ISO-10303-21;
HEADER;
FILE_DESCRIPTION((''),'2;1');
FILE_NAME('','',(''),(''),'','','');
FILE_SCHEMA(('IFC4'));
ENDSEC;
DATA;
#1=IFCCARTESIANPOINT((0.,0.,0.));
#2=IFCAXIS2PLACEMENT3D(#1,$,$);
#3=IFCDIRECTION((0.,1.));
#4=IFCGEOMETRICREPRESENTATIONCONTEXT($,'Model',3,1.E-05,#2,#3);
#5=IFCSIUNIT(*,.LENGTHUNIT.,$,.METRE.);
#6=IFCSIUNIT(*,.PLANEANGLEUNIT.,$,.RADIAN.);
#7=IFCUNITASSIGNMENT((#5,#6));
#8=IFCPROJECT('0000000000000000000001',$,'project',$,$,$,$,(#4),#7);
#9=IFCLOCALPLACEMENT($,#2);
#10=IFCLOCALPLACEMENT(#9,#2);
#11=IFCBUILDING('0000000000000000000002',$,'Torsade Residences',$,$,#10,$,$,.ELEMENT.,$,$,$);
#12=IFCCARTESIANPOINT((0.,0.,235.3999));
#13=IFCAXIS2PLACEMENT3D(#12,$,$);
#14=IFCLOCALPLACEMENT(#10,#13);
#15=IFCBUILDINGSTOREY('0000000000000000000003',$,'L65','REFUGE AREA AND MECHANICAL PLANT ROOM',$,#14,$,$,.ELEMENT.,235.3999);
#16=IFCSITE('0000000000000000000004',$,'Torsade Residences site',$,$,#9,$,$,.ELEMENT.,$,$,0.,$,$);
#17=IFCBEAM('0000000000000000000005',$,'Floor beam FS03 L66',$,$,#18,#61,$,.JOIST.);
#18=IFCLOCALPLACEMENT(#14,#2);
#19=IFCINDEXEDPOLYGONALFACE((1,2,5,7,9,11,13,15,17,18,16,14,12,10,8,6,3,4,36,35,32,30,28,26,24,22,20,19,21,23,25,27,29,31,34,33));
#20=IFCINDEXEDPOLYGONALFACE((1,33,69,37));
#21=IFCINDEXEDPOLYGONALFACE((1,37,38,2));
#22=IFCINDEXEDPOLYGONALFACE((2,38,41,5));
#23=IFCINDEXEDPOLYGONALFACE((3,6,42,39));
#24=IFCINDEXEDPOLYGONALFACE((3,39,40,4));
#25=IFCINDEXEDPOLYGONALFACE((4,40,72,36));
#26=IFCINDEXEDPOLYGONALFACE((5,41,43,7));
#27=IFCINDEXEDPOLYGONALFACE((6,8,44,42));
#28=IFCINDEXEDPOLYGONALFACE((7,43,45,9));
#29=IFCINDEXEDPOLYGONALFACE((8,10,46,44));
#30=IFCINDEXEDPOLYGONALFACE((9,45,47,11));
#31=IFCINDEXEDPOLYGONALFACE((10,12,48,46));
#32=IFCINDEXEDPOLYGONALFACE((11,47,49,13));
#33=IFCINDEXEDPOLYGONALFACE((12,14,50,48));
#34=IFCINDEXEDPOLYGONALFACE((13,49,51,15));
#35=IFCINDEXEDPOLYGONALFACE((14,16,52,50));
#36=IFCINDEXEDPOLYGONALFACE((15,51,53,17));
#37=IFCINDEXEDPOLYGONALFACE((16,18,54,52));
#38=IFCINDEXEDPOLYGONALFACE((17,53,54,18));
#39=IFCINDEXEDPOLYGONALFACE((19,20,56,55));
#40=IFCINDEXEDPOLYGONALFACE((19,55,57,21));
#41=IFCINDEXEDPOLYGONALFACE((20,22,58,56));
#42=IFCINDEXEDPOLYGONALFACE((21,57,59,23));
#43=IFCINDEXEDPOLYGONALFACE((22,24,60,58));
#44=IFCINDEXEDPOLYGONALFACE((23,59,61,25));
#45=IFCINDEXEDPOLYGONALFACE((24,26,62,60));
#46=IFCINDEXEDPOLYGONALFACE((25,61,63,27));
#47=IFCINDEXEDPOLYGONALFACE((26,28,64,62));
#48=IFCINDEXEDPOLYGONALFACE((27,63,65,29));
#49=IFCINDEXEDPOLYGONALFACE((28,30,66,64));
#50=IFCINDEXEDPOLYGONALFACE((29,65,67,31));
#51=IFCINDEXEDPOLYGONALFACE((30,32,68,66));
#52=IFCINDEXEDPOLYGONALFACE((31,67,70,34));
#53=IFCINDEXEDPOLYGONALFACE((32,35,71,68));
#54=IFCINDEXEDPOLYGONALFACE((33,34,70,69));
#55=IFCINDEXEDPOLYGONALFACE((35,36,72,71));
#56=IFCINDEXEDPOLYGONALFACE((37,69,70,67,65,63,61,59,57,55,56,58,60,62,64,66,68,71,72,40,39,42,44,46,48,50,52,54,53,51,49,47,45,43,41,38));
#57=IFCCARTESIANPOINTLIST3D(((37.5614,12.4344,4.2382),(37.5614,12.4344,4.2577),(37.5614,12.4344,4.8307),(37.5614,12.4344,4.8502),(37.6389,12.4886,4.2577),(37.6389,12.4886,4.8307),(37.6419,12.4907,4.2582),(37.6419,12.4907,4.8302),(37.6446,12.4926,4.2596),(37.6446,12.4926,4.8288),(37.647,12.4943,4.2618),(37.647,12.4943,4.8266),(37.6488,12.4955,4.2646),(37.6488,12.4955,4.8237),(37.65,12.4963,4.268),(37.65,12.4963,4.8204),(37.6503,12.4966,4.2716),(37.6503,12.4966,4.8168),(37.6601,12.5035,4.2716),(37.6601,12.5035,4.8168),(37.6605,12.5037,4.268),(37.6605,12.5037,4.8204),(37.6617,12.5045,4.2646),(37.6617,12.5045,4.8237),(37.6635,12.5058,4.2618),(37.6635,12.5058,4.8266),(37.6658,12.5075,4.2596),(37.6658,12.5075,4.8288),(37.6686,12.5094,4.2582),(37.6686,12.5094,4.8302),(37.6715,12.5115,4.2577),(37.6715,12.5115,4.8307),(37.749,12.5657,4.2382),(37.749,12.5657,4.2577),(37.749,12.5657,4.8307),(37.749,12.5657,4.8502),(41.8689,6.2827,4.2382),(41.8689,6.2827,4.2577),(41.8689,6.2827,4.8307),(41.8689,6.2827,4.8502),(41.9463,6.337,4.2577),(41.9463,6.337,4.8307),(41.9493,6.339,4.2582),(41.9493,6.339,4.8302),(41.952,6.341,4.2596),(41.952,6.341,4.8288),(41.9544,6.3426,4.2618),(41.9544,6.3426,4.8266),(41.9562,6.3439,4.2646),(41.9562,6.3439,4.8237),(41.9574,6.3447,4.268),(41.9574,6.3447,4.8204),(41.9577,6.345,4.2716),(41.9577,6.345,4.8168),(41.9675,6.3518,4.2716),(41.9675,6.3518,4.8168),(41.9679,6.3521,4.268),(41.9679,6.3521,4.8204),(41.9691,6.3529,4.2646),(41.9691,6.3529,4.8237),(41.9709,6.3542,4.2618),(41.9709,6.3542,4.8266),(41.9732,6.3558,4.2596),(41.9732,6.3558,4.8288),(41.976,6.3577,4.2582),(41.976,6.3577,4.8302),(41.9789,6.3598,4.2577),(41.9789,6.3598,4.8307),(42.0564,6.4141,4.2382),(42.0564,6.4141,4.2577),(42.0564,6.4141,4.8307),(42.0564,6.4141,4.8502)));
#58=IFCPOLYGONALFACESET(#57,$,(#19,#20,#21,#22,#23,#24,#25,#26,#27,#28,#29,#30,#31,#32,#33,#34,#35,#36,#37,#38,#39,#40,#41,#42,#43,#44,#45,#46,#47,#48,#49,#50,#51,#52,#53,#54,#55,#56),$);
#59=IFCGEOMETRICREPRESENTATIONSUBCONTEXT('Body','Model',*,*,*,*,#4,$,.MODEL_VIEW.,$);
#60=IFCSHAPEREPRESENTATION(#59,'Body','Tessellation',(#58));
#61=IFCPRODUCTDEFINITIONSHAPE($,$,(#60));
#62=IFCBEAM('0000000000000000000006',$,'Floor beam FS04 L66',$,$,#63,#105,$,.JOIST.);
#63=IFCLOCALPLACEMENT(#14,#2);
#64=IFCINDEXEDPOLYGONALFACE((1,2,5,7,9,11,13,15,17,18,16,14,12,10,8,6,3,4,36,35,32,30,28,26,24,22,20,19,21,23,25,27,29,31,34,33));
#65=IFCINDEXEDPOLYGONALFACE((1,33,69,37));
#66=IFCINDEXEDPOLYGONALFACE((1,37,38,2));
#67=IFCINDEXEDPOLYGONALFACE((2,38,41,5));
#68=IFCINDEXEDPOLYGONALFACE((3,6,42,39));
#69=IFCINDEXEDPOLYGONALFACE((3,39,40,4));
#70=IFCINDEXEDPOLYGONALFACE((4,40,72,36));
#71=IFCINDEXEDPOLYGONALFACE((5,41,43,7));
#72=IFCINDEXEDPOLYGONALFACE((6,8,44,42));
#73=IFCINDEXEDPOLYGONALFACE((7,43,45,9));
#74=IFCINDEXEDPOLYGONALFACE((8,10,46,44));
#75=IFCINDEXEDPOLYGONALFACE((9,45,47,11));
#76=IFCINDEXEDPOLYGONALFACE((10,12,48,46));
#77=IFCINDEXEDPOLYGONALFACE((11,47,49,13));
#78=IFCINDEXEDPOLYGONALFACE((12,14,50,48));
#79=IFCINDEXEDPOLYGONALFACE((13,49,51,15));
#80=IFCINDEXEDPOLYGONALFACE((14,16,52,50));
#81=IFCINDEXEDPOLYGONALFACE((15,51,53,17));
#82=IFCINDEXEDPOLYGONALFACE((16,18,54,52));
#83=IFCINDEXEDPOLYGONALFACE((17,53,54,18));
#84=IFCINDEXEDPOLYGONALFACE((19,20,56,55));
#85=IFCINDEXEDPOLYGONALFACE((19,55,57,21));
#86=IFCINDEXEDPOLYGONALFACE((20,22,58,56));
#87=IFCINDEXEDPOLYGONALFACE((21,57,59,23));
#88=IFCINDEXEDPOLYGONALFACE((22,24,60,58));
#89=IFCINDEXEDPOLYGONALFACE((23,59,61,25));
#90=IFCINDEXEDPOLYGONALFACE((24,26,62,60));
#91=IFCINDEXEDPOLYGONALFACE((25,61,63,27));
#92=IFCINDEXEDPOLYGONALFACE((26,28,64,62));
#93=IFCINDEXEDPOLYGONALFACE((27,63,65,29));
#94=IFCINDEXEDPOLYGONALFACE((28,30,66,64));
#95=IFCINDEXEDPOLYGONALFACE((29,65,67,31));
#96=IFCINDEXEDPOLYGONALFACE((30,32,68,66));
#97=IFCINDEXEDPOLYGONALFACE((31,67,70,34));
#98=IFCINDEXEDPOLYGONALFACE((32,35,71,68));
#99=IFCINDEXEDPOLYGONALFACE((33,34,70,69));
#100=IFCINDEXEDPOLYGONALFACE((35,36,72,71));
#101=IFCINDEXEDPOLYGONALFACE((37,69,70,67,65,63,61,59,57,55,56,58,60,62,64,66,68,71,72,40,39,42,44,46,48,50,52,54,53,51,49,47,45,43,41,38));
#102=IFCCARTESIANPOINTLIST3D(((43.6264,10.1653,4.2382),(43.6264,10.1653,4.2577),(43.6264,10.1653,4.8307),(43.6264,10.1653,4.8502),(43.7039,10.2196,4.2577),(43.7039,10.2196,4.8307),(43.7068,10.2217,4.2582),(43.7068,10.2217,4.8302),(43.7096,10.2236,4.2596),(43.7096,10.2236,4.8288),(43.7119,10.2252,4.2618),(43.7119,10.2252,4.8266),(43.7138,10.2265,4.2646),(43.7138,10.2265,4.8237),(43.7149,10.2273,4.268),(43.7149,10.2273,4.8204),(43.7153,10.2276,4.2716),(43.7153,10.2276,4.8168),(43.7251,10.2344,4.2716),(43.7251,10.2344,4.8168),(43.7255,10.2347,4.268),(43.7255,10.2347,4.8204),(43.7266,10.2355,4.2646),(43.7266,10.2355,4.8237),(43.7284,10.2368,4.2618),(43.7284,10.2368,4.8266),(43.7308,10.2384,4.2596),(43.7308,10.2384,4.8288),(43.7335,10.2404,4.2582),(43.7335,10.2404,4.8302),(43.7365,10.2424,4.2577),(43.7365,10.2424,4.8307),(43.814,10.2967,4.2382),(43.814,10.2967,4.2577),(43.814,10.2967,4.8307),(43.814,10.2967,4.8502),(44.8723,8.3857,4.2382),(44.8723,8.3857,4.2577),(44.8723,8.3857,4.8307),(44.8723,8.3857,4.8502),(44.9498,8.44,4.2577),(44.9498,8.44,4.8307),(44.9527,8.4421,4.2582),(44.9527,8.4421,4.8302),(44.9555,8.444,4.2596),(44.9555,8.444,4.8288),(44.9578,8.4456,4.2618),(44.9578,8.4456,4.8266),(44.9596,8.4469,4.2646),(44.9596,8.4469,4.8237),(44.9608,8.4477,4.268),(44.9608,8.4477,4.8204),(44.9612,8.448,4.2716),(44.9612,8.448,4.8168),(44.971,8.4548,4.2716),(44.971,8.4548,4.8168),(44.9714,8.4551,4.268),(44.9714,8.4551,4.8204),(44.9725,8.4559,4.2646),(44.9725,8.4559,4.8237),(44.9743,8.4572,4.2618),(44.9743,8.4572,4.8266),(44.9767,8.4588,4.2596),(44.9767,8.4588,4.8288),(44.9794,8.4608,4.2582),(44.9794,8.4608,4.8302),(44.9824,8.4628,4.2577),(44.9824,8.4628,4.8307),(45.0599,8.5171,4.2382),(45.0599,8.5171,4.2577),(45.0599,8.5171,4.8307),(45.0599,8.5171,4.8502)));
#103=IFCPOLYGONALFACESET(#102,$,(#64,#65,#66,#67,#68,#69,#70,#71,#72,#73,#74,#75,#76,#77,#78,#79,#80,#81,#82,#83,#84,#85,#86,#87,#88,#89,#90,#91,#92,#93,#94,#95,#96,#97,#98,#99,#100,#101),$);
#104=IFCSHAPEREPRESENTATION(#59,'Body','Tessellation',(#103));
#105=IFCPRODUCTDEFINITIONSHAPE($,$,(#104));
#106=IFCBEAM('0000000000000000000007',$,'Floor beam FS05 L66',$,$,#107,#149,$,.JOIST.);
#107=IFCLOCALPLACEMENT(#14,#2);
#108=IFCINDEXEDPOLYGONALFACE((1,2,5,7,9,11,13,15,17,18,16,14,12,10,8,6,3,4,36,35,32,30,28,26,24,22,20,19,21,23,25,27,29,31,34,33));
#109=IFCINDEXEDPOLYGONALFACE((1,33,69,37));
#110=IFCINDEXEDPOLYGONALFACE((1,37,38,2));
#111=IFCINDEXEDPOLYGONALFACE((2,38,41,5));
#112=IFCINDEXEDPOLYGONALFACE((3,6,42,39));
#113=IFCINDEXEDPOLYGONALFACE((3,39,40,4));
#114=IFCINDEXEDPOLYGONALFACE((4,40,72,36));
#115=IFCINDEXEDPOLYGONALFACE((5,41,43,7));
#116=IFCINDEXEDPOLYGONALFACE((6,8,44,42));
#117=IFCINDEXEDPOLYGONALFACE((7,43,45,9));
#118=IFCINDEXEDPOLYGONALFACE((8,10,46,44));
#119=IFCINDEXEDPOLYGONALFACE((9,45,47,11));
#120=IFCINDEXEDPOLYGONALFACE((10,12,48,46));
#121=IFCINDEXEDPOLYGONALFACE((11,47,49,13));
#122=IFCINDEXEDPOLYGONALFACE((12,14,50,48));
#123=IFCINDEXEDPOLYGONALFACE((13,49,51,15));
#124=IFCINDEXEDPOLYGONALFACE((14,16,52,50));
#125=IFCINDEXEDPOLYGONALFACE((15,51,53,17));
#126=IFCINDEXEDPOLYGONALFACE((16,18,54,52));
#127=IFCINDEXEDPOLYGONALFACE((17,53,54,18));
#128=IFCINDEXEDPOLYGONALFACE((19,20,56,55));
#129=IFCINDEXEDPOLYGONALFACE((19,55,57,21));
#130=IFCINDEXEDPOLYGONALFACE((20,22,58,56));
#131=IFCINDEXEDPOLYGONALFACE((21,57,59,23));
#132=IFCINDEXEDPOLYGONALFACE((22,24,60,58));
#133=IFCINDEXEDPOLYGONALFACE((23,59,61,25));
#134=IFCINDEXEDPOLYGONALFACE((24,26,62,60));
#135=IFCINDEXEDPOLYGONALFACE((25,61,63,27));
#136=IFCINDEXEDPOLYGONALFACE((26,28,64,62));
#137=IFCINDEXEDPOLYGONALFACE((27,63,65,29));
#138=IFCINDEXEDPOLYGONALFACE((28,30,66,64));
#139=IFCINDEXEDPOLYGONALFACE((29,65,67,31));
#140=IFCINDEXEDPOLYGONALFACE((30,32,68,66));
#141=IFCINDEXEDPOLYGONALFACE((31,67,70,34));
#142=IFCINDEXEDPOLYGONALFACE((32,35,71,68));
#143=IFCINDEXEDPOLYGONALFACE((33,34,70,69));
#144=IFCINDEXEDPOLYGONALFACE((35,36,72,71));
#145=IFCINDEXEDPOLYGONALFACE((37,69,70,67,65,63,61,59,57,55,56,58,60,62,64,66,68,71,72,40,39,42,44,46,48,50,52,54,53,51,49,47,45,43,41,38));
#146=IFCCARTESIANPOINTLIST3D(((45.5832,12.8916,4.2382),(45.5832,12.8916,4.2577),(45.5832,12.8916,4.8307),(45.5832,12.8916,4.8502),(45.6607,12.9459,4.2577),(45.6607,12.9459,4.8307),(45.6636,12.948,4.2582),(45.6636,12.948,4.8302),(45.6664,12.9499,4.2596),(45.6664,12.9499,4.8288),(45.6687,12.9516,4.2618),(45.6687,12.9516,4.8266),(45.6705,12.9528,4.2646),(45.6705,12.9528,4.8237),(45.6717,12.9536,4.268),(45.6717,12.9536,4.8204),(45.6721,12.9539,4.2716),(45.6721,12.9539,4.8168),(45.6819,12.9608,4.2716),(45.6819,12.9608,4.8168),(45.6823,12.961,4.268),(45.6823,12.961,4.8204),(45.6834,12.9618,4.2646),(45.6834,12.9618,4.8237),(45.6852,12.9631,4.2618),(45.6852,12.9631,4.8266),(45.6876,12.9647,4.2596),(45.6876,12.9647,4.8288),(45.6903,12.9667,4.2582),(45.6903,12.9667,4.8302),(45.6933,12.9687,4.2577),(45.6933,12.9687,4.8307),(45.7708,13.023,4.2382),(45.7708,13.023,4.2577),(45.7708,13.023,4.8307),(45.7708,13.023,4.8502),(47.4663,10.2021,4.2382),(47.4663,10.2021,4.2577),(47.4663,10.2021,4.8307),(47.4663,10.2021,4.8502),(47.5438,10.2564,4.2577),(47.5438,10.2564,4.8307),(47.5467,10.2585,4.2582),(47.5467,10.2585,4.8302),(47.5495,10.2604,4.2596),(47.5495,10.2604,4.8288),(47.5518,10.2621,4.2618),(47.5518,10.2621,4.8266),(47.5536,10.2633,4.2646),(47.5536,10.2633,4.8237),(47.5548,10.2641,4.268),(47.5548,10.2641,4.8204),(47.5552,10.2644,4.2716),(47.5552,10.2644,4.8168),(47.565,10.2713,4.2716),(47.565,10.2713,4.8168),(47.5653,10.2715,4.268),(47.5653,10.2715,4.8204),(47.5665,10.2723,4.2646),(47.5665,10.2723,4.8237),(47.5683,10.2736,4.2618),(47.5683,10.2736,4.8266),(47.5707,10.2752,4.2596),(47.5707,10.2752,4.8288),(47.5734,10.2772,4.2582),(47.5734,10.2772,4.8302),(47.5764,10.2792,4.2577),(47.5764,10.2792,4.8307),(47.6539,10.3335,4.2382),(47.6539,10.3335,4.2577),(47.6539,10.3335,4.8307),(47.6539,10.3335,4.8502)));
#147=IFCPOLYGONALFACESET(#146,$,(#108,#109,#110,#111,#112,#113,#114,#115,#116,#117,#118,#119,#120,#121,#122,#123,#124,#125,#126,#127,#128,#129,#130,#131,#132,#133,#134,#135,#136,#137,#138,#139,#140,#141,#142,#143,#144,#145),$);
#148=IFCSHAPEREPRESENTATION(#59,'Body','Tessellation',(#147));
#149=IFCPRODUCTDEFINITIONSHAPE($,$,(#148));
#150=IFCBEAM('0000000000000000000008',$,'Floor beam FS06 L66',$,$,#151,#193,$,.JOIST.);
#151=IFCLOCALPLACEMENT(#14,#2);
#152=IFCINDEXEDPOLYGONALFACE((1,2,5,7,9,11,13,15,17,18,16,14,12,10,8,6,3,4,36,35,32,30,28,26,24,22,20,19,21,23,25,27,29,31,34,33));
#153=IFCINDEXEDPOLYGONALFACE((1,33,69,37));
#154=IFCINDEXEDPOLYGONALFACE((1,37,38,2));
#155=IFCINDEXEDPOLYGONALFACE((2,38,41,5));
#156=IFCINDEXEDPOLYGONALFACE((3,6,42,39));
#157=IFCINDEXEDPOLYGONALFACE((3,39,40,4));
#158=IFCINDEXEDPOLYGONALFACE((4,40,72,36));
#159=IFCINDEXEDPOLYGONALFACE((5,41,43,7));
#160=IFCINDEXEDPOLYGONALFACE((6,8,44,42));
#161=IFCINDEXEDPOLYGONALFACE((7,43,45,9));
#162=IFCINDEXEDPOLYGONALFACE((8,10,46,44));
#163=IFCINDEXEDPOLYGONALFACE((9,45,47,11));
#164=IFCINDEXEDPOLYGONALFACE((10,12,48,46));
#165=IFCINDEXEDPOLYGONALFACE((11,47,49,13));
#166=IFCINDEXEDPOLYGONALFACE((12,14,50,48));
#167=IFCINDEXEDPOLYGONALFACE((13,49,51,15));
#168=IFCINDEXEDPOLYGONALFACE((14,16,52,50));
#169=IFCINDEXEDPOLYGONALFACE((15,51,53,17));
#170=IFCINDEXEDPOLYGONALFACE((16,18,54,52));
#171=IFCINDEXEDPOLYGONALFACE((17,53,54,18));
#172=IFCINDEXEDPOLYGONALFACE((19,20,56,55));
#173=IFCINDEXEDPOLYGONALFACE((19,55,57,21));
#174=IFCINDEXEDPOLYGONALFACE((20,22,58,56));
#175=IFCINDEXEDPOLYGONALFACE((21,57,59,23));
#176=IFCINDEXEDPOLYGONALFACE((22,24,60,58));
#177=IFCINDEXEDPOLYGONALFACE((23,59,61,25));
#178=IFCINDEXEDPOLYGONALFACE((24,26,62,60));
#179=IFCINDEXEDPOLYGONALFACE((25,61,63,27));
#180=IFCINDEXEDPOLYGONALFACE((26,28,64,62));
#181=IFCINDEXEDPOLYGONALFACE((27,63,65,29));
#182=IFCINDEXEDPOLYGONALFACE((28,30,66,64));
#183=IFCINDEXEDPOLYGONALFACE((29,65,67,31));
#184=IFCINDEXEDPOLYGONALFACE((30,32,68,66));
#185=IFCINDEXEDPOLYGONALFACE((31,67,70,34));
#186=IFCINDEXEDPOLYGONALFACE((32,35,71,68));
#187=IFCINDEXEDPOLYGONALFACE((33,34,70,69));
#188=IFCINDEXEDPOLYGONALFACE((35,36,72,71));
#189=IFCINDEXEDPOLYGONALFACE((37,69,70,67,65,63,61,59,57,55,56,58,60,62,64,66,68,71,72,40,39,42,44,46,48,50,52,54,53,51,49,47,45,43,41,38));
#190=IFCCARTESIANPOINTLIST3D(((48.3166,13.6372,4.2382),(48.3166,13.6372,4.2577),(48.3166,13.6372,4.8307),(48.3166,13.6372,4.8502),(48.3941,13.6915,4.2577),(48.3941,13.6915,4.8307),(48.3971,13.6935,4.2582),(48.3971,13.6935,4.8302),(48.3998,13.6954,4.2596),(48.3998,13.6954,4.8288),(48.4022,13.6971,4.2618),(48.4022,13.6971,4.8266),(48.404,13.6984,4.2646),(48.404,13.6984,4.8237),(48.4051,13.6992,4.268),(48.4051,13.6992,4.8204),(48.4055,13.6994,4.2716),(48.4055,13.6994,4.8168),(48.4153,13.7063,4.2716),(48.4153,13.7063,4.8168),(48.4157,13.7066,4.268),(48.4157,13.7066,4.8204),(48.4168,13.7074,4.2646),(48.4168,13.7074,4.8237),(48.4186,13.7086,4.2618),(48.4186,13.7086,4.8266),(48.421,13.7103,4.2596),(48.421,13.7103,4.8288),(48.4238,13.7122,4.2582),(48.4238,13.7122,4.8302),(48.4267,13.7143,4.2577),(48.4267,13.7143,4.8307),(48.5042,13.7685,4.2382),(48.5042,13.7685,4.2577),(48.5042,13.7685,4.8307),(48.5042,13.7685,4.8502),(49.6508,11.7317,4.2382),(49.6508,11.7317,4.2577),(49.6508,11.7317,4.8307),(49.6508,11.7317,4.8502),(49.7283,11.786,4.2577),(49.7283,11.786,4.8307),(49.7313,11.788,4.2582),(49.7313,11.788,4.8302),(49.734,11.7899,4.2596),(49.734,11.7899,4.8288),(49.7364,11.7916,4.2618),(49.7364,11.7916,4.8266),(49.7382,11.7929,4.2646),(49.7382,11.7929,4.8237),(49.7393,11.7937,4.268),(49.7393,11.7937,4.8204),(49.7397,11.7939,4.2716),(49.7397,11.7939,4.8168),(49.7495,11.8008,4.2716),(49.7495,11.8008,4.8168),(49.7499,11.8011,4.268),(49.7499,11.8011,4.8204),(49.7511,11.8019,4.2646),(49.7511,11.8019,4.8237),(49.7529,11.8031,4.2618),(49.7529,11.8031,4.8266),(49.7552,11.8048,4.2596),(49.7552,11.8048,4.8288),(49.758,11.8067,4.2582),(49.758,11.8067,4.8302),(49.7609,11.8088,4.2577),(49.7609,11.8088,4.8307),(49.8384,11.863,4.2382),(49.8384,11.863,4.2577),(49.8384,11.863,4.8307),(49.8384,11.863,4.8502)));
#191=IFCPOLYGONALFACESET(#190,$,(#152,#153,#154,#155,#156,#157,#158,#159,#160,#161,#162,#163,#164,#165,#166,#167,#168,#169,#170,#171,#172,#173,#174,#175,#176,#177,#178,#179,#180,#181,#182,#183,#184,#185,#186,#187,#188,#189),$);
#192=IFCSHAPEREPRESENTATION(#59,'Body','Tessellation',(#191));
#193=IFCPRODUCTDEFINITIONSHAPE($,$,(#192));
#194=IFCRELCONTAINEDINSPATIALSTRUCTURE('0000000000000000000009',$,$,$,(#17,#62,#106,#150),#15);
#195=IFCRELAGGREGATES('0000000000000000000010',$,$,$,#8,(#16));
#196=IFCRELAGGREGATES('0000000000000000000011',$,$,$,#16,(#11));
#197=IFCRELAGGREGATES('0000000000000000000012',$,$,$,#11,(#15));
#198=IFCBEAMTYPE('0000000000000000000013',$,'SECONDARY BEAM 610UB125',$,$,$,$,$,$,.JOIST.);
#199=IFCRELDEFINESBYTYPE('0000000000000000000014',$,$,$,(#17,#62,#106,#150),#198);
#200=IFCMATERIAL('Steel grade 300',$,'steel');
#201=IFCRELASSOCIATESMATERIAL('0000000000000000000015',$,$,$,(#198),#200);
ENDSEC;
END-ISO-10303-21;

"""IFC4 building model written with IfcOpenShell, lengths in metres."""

from ifc_helpers import new_model, si_unit, direction, frame, origin, origin_2d, place, context, subcontext, project, spatial, i_section, extrude, material, material_profile, profile_set, type_object, element, save


model = new_model("IFC4")

# Units and contexts
model_context = context("Model", 3, precision=1e-05, world=origin(), true_north=direction((0.0, 1.0)))
body_context = subcontext(model_context, "Body", "Model", "MODEL_VIEW")
ifc_project = project(units=[si_unit("LENGTHUNIT", "METRE"), si_unit("PLANEANGLEUNIT", "RADIAN")], contexts=[model_context])

# Site, building, storey
site_placement = place(None, origin())
site = spatial("IfcSite", under=ifc_project, at=site_placement, Name="Torsade Residences site", CompositionType="ELEMENT", RefElevation=0.0)
building_placement = place(site_placement, origin())
building = spatial("IfcBuilding", under=site, at=building_placement, Name="Torsade Residences", CompositionType="ELEMENT")
storey_placement = place(building_placement, frame((0.0, 0.0, 235.3999)))
storey = spatial("IfcBuildingStorey", under=building, at=storey_placement, Name="L65", Description="REFUGE AREA AND MECHANICAL PLANT ROOM", CompositionType="ELEMENT", Elevation=235.3999)

# Beams
ifc_material_1 = material(Name="Steel grade 300", Category="steel")
ifc_material_profile_1 = material_profile(ifc_material_1, i_section(OverallWidth=0.229, OverallDepth=0.6121, WebThickness=0.012, FlangeThickness=0.0195, FilletRadius=0.0139, at=origin_2d()), Name="610UB125")
ifc_profile_set_1 = profile_set([ifc_material_profile_1], Name="Steel grade 300")
beam_type_1 = type_object("IfcBeamType", Name="SECONDARY BEAM 610UB125", PredefinedType="JOIST", material=ifc_profile_set_1)
beam_1_placement = place(storey_placement, frame((41.9626, 6.3484, 4.5442), z_axis=(-0.573574, 0.819154, 0.0), x_axis=(-0.819154, -0.573574, 0.0)))
element("IfcBeam", 1, at=beam_1_placement, inside=storey, type_object=beam_type_1, Name="Floor beam FS03 L66", PredefinedType="JOIST", context=body_context, shape_type="SweptSolid", body=[
    extrude(i_section(OverallWidth=0.229, OverallDepth=0.6121, WebThickness=0.012, FlangeThickness=0.0195, FilletRadius=0.0139, at=origin_2d()), origin(), (0.0, 0.0, 1.0), 7.5098),
])
beam_2_placement = place(storey_placement, frame((44.9661, 8.4514, 4.5442), z_axis=(-0.573515, 0.819195, 0.0), x_axis=(-0.819195, -0.573515, 0.0)))
element("IfcBeam", 2, at=beam_2_placement, inside=storey, type_object=beam_type_1, Name="Floor beam FS04 L66", PredefinedType="JOIST", context=body_context, shape_type="SweptSolid", body=[
    extrude(i_section(OverallWidth=0.229, OverallDepth=0.6121, WebThickness=0.012, FlangeThickness=0.0195, FilletRadius=0.0139, at=origin_2d()), origin(), (0.0, 0.0, 1.0), 2.1724),
])
beam_3_placement = place(storey_placement, frame((47.5601, 10.2678, 4.5442), z_axis=(-0.573552, 0.819169, 0.0), x_axis=(-0.819169, -0.573552, 0.0)))
element("IfcBeam", 3, at=beam_3_placement, inside=storey, type_object=beam_type_1, Name="Floor beam FS05 L66", PredefinedType="JOIST", context=body_context, shape_type="SweptSolid", body=[
    extrude(i_section(OverallWidth=0.229, OverallDepth=0.6121, WebThickness=0.012, FlangeThickness=0.0195, FilletRadius=0.0139, at=origin_2d()), origin(), (0.0, 0.0, 1.0), 3.2832),
])
beam_4_placement = place(storey_placement, frame((49.7446, 11.7974, 4.5442), z_axis=(-0.573568, 0.819158, 0.0), x_axis=(-0.819158, -0.573568, 0.0)))
element("IfcBeam", 4, at=beam_4_placement, inside=storey, type_object=beam_type_1, Name="Floor beam FS06 L66", PredefinedType="JOIST", context=body_context, shape_type="SweptSolid", body=[
    extrude(i_section(OverallWidth=0.229, OverallDepth=0.6121, WebThickness=0.012, FlangeThickness=0.0195, FilletRadius=0.0139, at=origin_2d()), origin(), (0.0, 0.0, 1.0), 2.3262),
])

save(model, "model.ifc")
